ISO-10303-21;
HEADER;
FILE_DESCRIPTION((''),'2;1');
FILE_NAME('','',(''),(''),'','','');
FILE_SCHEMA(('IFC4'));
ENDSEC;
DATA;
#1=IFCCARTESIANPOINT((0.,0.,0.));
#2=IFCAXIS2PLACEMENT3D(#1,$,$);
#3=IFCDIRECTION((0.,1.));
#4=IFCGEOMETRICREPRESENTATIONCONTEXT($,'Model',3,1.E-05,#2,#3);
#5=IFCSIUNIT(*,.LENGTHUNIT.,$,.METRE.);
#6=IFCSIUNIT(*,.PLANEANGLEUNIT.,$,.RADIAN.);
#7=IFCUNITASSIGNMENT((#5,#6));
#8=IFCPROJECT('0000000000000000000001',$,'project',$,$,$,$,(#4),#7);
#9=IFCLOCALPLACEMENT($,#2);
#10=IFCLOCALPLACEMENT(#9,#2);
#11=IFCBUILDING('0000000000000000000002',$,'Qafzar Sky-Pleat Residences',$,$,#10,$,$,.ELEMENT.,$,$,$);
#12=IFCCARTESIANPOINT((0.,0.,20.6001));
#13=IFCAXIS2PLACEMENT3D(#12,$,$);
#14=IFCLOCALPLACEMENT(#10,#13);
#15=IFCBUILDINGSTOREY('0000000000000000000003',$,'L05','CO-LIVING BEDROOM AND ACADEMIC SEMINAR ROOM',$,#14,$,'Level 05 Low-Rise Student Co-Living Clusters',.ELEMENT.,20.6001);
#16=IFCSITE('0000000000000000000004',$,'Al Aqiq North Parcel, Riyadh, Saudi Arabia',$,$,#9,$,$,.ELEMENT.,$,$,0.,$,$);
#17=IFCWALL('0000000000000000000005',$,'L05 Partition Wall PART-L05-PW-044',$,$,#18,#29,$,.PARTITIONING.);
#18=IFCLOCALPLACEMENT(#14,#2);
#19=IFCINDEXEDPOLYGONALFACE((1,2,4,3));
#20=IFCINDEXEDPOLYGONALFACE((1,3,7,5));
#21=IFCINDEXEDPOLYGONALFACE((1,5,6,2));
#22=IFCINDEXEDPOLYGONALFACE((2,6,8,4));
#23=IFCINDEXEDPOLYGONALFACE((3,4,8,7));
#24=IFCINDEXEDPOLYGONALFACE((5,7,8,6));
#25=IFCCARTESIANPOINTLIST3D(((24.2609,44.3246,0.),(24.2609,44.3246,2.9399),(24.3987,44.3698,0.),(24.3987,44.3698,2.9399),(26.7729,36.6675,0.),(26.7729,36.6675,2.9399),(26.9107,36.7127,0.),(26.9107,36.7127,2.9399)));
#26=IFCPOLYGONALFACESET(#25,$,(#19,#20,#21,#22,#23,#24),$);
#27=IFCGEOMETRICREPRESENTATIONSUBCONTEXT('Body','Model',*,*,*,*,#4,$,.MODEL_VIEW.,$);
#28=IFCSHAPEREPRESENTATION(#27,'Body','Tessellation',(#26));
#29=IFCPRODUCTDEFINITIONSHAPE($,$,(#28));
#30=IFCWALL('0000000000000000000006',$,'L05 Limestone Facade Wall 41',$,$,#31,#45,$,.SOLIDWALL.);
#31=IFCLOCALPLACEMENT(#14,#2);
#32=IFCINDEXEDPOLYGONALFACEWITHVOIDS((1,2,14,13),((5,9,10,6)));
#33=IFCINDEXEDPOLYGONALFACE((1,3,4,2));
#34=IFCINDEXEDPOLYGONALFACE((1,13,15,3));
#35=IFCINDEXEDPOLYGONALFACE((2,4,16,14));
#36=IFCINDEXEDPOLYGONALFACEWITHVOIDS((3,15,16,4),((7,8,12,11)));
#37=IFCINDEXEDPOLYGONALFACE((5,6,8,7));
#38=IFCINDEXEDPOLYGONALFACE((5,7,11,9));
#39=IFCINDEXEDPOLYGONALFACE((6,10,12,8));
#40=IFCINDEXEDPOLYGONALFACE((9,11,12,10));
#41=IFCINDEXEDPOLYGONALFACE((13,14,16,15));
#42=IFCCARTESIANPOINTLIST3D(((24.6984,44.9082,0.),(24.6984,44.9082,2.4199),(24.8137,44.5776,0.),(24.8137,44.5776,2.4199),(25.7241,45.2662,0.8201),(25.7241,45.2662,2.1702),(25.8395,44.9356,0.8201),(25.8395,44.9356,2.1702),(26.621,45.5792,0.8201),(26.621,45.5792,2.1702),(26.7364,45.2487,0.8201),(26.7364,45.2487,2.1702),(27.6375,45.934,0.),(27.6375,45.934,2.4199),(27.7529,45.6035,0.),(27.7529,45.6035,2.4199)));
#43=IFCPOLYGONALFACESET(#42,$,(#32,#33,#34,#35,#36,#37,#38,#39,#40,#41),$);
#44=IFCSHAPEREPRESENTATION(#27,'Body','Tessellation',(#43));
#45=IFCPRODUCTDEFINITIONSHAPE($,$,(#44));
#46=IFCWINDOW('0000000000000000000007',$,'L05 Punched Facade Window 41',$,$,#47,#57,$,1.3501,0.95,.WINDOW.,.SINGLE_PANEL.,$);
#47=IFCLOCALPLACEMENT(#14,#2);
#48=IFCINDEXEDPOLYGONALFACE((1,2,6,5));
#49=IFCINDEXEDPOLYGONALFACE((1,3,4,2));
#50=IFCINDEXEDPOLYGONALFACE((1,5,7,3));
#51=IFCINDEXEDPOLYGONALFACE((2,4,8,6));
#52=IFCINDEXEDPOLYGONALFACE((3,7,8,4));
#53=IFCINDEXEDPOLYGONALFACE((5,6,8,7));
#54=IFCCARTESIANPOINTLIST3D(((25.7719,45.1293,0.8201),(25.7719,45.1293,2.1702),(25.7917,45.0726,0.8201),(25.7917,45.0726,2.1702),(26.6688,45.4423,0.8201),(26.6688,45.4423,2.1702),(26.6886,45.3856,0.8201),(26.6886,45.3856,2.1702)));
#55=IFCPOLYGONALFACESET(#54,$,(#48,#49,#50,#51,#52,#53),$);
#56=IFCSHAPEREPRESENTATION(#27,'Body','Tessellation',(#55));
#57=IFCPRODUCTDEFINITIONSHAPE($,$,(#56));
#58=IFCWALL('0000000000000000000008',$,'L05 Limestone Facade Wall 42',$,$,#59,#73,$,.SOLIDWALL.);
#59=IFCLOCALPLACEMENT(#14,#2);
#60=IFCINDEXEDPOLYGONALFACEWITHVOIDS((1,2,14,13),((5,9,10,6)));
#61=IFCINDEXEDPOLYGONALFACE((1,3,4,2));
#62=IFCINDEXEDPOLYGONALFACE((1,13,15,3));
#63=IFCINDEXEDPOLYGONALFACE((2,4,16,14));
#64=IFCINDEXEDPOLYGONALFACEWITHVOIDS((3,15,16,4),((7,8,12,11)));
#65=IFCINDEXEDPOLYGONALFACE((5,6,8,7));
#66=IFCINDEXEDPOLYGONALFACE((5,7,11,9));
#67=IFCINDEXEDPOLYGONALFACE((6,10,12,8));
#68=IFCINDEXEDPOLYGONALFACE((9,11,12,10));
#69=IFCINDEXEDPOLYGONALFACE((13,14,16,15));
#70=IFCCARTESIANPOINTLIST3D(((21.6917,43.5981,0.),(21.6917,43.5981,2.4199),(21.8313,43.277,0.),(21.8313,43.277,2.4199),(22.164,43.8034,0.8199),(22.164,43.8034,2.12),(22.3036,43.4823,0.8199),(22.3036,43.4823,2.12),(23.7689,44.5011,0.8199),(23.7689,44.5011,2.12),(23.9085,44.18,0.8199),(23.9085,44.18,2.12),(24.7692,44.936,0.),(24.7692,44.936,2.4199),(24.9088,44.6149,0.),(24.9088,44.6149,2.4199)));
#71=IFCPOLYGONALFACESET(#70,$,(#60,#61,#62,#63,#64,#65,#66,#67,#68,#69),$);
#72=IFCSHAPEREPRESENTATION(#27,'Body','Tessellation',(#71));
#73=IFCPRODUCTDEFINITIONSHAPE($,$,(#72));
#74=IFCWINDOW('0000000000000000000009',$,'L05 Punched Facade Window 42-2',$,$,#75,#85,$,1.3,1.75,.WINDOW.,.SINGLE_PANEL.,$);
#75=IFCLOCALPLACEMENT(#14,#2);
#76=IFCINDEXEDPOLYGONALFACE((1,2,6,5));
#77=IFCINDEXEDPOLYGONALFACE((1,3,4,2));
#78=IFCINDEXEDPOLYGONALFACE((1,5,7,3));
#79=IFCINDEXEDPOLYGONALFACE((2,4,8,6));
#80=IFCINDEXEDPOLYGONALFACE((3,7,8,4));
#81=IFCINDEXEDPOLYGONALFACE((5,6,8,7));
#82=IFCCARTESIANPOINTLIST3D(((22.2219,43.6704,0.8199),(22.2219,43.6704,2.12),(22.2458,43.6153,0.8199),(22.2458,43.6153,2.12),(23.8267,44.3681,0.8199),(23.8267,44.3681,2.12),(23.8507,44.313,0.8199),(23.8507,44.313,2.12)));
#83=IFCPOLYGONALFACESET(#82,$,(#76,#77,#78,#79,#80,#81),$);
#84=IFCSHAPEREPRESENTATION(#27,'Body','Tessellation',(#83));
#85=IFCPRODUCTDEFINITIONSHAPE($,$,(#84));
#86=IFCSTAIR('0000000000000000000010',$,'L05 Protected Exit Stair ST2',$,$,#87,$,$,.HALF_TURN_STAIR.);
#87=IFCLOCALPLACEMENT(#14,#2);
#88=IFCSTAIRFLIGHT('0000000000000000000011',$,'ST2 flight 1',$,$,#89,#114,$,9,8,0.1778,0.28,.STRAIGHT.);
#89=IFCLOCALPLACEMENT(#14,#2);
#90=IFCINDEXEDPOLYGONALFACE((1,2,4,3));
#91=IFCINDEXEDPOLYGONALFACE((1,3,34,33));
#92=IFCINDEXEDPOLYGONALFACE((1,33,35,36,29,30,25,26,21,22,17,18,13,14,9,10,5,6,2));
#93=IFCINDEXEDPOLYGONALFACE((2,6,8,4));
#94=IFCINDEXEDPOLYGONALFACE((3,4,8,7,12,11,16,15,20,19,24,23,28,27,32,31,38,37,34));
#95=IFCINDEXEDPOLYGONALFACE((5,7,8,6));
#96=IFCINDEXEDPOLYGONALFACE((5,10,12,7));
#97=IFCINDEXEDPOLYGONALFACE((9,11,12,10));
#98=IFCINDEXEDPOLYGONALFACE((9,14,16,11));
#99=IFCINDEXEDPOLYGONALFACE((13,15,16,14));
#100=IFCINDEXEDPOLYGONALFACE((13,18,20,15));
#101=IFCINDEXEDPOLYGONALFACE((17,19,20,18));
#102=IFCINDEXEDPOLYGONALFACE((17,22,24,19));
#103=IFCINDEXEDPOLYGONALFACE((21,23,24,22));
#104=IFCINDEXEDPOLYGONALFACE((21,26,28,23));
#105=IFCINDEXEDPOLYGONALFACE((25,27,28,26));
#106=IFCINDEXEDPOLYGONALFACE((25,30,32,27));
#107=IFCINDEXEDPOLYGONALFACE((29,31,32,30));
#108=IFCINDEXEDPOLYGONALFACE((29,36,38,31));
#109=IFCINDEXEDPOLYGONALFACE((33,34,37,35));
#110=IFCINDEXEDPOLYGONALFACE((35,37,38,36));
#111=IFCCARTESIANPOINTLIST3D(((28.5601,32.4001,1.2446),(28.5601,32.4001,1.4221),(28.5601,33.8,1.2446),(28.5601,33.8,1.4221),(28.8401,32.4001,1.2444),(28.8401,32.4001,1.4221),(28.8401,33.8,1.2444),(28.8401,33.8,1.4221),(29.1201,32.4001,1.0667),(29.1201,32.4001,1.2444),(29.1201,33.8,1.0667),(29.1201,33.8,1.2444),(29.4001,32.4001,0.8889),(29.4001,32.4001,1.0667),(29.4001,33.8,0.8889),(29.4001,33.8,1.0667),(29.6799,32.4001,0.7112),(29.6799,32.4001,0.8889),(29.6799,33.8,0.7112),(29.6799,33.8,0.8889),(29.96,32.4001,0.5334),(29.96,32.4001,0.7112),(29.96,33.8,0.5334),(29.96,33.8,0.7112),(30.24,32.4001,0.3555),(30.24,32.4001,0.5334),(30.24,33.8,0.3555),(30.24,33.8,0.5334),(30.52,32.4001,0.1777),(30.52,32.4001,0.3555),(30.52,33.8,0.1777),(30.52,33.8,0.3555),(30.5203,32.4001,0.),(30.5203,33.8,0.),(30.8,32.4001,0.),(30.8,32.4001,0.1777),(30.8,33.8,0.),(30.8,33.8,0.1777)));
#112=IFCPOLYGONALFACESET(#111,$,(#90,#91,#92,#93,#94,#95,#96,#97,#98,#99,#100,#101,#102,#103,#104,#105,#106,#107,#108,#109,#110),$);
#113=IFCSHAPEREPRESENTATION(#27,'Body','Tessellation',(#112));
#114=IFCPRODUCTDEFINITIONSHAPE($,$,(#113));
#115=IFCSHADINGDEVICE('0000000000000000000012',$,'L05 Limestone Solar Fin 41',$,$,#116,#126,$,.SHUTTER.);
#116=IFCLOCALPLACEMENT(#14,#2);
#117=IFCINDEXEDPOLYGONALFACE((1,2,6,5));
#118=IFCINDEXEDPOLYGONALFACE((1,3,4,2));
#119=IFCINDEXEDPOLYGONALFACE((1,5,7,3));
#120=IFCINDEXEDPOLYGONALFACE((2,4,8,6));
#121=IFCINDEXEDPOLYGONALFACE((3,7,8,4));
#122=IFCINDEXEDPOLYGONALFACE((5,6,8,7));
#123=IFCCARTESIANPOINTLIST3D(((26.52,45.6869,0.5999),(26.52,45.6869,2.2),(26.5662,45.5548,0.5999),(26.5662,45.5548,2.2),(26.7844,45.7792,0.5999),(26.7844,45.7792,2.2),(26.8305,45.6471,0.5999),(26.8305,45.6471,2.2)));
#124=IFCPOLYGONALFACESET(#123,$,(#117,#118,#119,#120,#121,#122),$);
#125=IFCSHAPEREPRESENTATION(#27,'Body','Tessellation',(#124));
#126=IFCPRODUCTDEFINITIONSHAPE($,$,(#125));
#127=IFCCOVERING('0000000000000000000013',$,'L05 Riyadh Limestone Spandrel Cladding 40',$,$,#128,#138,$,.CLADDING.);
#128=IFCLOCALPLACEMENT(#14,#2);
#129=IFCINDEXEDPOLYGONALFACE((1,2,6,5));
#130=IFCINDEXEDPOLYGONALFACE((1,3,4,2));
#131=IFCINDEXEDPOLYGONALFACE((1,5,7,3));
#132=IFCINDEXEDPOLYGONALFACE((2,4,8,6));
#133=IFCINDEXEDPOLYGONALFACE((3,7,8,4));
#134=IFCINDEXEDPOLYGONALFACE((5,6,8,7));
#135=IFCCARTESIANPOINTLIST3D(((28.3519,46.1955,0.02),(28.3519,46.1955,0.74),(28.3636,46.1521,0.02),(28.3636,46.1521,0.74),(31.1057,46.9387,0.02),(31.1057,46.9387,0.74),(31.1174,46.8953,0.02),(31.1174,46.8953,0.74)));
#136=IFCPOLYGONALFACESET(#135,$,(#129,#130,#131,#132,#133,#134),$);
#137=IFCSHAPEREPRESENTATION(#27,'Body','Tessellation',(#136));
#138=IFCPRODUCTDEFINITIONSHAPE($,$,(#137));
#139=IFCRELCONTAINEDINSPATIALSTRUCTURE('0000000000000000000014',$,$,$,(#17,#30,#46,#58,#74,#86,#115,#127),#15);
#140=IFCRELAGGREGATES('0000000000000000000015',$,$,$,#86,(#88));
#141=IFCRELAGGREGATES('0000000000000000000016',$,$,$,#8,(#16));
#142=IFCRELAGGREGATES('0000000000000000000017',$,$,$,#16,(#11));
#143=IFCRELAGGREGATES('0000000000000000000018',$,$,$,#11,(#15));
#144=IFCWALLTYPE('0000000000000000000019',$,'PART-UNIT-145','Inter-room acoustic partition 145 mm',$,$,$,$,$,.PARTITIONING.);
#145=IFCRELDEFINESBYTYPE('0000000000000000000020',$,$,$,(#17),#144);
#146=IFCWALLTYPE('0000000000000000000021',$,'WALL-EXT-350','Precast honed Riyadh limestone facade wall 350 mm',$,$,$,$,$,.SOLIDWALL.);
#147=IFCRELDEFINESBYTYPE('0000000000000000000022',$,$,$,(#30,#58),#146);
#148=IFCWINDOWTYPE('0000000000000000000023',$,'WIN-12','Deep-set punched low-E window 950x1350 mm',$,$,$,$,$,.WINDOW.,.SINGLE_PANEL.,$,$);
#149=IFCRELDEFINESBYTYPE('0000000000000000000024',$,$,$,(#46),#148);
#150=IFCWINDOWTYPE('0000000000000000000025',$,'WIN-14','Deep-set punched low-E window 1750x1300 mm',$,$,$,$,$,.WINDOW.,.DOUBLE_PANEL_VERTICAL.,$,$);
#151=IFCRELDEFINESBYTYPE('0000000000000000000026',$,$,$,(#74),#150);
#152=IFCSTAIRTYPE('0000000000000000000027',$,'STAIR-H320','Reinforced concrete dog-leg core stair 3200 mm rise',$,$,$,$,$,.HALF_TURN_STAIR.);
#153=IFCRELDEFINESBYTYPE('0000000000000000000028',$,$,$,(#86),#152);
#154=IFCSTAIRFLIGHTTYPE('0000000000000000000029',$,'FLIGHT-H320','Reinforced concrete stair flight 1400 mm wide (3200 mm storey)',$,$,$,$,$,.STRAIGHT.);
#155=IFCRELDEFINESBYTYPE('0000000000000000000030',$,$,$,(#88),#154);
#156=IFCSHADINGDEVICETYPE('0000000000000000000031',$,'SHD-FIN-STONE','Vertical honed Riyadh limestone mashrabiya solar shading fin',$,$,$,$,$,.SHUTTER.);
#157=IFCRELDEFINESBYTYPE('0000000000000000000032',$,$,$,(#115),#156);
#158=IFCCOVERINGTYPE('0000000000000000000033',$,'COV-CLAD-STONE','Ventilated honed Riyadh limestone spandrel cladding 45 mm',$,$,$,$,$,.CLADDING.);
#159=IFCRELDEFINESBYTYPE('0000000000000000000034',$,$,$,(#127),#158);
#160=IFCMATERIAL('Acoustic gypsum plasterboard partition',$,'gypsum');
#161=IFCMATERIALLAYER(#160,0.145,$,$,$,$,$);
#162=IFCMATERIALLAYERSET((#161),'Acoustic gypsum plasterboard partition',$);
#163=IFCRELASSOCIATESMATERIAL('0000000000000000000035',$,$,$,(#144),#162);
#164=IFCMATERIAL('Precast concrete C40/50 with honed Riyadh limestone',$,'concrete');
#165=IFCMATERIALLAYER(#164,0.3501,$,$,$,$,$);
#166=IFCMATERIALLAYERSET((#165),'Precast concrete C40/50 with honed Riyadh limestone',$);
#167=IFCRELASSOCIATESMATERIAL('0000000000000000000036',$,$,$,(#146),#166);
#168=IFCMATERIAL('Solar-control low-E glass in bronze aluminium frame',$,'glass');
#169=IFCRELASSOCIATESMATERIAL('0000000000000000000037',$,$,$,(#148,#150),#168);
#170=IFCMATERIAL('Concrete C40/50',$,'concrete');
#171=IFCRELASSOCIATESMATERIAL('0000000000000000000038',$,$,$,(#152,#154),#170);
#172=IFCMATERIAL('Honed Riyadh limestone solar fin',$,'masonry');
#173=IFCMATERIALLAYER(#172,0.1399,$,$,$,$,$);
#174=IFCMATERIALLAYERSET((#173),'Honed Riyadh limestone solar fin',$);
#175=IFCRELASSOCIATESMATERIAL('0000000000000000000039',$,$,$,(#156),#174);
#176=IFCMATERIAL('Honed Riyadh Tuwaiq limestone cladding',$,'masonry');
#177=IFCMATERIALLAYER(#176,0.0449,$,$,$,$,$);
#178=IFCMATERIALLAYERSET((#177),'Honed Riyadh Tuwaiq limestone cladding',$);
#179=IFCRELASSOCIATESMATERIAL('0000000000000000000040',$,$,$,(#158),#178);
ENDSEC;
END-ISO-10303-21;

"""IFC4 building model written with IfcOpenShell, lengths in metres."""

from ifc_helpers import new_model, si_unit, direction, frame, frame_2d, origin, origin_2d, place, context, subcontext, project, spatial, polyline, rectangle, outline, extrude, source, transform, mapped, material, layer, layer_set, type_object, element, fill, aggregate, save


model = new_model("IFC4")

# Units and contexts
model_context = context("Model", 3, precision=1e-05, world=origin(), true_north=direction((0.0, 1.0)))
body_context = subcontext(model_context, "Body", "Model", "MODEL_VIEW")
ifc_project = project(units=[si_unit("LENGTHUNIT", "METRE"), si_unit("PLANEANGLEUNIT", "RADIAN")], contexts=[model_context])

# Site, building, storey
site_placement = place(None, origin())
site = spatial("IfcSite", under=ifc_project, at=site_placement, Name="Al Aqiq North Parcel, Riyadh, Saudi Arabia", CompositionType="ELEMENT", RefElevation=0.0)
building_placement = place(site_placement, origin())
building = spatial("IfcBuilding", under=site, at=building_placement, Name="Qafzar Sky-Pleat Residences", CompositionType="ELEMENT")
storey_placement = place(building_placement, frame((0.0, 0.0, 20.6001)))
storey = spatial("IfcBuildingStorey", under=building, at=storey_placement, Name="L05", Description="CO-LIVING BEDROOM AND ACADEMIC SEMINAR ROOM", LongName="Level 05 Low-Rise Student Co-Living Clusters", CompositionType="ELEMENT", Elevation=20.6001)

# Shared definitions
ifc_material_1 = material(Name="Acoustic gypsum plasterboard partition", Category="gypsum")

# Wall
ifc_layer_1 = layer(ifc_material_1, 0.145)
ifc_layer_set_1 = layer_set([ifc_layer_1], Name="Acoustic gypsum plasterboard partition")
wall_type_1 = type_object("IfcWallType", Name="PART-UNIT-145", Description="Inter-room acoustic partition 145 mm", PredefinedType="PARTITIONING", material=ifc_layer_set_1)
wall_1_placement = place(storey_placement, frame((24.3298, 44.3472, 0.0), z_axis=(0.0, 0.0, 1.0), x_axis=(0.311716, -0.950175, 0.0)))
element("IfcWall", 1, at=wall_1_placement, inside=storey, type_object=wall_type_1, Name="L05 Partition Wall PART-L05-PW-044", PredefinedType="PARTITIONING", context=body_context, shape_type="SweptSolid", body=[
    extrude(rectangle(XDim=8.0586, YDim=0.145, at=frame_2d((4.0293, 0.0))), origin(), (0.0, 0.0, 1.0), 2.9399),
])

# Walls, openings, windows
ifc_material_2 = material(Name="Precast concrete C40/50 with honed Riyadh limestone", Category="concrete")
ifc_layer_2 = layer(ifc_material_2, 0.3501)
ifc_layer_set_2 = layer_set([ifc_layer_2], Name="Precast concrete C40/50 with honed Riyadh limestone")
wall_type_2 = type_object("IfcWallType", Name="WALL-EXT-350", Description="Precast honed Riyadh limestone facade wall 350 mm", PredefinedType="SOLIDWALL", material=ifc_layer_set_2)
wall_2_placement = place(storey_placement, frame((27.6953, 45.7688, 0.0), z_axis=(0.0, 0.0, 1.0), x_axis=(-0.944143, -0.329536, 0.0)))
wall_2 = element("IfcWall", 2, at=wall_2_placement, inside=storey, type_object=wall_type_2, Name="L05 Limestone Facade Wall 41", PredefinedType="SOLIDWALL", context=body_context, shape_type="SweptSolid", body=[
    extrude(rectangle(XDim=3.113, YDim=0.3501, at=frame_2d((1.5566, 0.0))), origin(), (0.0, 0.0, 1.0), 2.4199),
])
opening_1_placement = place(wall_2_placement, frame((1.0767, 0.0, 0.8201)))
opening_1 = element("IfcOpeningElement", 3, at=opening_1_placement, cuts=wall_2, PredefinedType="OPENING", context=body_context, shape_type="SweptSolid", body=[
    extrude(rectangle(XDim=0.95, YDim=1.3501, at=frame_2d((0.4751, 0.675))), frame((0.0, 0.1851, 0.0), z_axis=(0.0, -1.0, 0.0), x_axis=(1.0, 0.0, 0.0)), (0.0, 0.0, 1.0), 0.3701),
])
ifc_material_3 = material(Name="Solar-control low-E glass in bronze aluminium frame", Category="glass")
window_type_1 = type_object("IfcWindowType", Name="WIN-12", Description="Deep-set punched low-E window 950x1350 mm", PartitioningType="SINGLE_PANEL", PredefinedType="WINDOW", material=ifc_material_3)
shared_shape_1 = source(origin(), body_context, "Body", "SweptSolid", [
    extrude(rectangle(XDim=0.95, YDim=1.3501, at=frame_2d((0.4751, 0.675))), frame((0.0, 0.03, 0.0), z_axis=(0.0, -1.0, 0.0), x_axis=(1.0, 0.0, 0.0)), (0.0, 0.0, 1.0), 0.0601),
])
window_1_placement = place(opening_1_placement, origin())
window_1 = element("IfcWindow", 4, at=window_1_placement, inside=storey, type_object=window_type_1, Name="L05 Punched Facade Window 41", OverallHeight=1.3501, OverallWidth=0.95, PartitioningType="SINGLE_PANEL", PredefinedType="WINDOW", context=body_context, shape_type="MappedRepresentation", body=[
    mapped(shared_shape_1, transform((0.0, 0.0, 0.0), x_axis=(1.0, 0.0, 0.0), y_axis=(0.0, 1.0, 0.0), z_axis=(0.0, 0.0, 1.0), scale=1.0)),
])
fill(opening_1, window_1)
wall_3_placement = place(storey_placement, frame((24.8389, 44.7754, 0.0), z_axis=(0.0, 0.0, 1.0), x_axis=(-0.917082, -0.3987, 0.0)))
wall_3 = element("IfcWall", 5, at=wall_3_placement, inside=storey, type_object=wall_type_2, Name="L05 Limestone Facade Wall 42", PredefinedType="SOLIDWALL", context=body_context, shape_type="SweptSolid", body=[
    extrude(rectangle(XDim=3.3557, YDim=0.3501, at=frame_2d((1.6777, 0.0))), origin(), (0.0, 0.0, 1.0), 2.4199),
])
opening_2_placement = place(wall_3_placement, frame((1.0906, 0.0, 0.8201)))
opening_2 = element("IfcOpeningElement", 6, at=opening_2_placement, cuts=wall_3, PredefinedType="OPENING", context=body_context, shape_type="SweptSolid", body=[
    extrude(rectangle(XDim=1.75, YDim=1.3, at=frame_2d((0.875, 0.6499))), frame((0.0, 0.1851, 0.0), z_axis=(0.0, -1.0, 0.0), x_axis=(1.0, 0.0, 0.0)), (0.0, 0.0, 1.0), 0.3701),
])
window_type_2 = type_object("IfcWindowType", Name="WIN-14", Description="Deep-set punched low-E window 1750x1300 mm", PartitioningType="DOUBLE_PANEL_VERTICAL", PredefinedType="WINDOW", material=ifc_material_3)
shared_shape_2 = source(origin(), body_context, "Body", "SweptSolid", [
    extrude(rectangle(XDim=1.75, YDim=1.3, at=frame_2d((0.875, 0.6499))), frame((0.0, 0.03, 0.0), z_axis=(0.0, -1.0, 0.0), x_axis=(1.0, 0.0, 0.0)), (0.0, 0.0, 1.0), 0.0601),
])
window_2_placement = place(opening_2_placement, origin())
window_2 = element("IfcWindow", 7, at=window_2_placement, inside=storey, type_object=window_type_2, Name="L05 Punched Facade Window 42-2", OverallHeight=1.3, OverallWidth=1.75, PartitioningType="SINGLE_PANEL", PredefinedType="WINDOW", context=body_context, shape_type="MappedRepresentation", body=[
    mapped(shared_shape_2, transform((0.0, 0.0, 0.0), x_axis=(1.0, 0.0, 0.0), y_axis=(0.0, 1.0, 0.0), z_axis=(0.0, 0.0, 1.0), scale=1.0)),
])
fill(opening_2, window_2)

# Stair, stair flight
ifc_material_4 = material(Name="Concrete C40/50", Category="concrete")
stair_type = type_object("IfcStairType", Name="STAIR-H320", Description="Reinforced concrete dog-leg core stair 3200 mm rise", PredefinedType="HALF_TURN_STAIR", material=ifc_material_4)
stair_placement = place(storey_placement, origin())
stair = element("IfcStair", 8, at=stair_placement, inside=storey, type_object=stair_type, Name="L05 Protected Exit Stair ST2", PredefinedType="HALF_TURN_STAIR")
stair_flight_type = type_object("IfcStairFlightType", Name="FLIGHT-H320", Description="Reinforced concrete stair flight 1400 mm wide (3200 mm storey)", PredefinedType="STRAIGHT", material=ifc_material_4)
shared_shape_3 = source(origin(), body_context, "Body", "SweptSolid", [
    extrude(outline(polyline([(0.0, 0.0), (0.0, 0.1777), (0.28, 0.1777), (0.28, 0.3555), (0.5601, 0.3555), (0.5601, 0.5334), (0.8401, 0.5334), (0.8401, 0.7112), (1.1201, 0.7112), (1.1201, 0.8889), (1.3999, 0.8889), (1.3999, 1.0667), (1.6799, 1.0667), (1.6799, 1.2444), (1.96, 1.2444), (1.96, 1.4221), (2.24, 1.4221), (2.24, 1.6001), (2.24, 1.2446), (0.2798, 0.0), (0.0, 0.0)])), frame((0.0, 0.7, 0.0), z_axis=(0.0, -1.0, 0.0), x_axis=(1.0, 0.0, 0.0)), (0.0, 0.0, 1.0), 1.3999),
])
stair_flight_placement = place(storey_placement, frame((30.8, 33.1001, 0.0), z_axis=(0.0, 0.0, 1.0), x_axis=(-1.0, 0.0, 0.0)))
stair_flight = element("IfcStairFlight", 9, at=stair_flight_placement, type_object=stair_flight_type, Name="ST2 flight 1", NumberOfRisers=9, NumberOfTreads=8, PredefinedType="STRAIGHT", RiserHeight=0.1778, TreadLength=0.28, context=body_context, shape_type="MappedRepresentation", body=[
    mapped(shared_shape_3, transform((0.0, 0.0, 0.0), x_axis=(1.0, 0.0, 0.0), y_axis=(0.0, 1.0, 0.0), z_axis=(0.0, 0.0, 1.0), scale=1.0)),
])
aggregate(stair, [stair_flight])

# Shading device
ifc_material_5 = material(Name="Honed Riyadh limestone solar fin", Category="masonry")
ifc_layer_3 = layer(ifc_material_5, 0.1399)
ifc_layer_set_3 = layer_set([ifc_layer_3], Name="Honed Riyadh limestone solar fin")
shading_device_type = type_object("IfcShadingDeviceType", Name="SHD-FIN-STONE", Description="Vertical honed Riyadh limestone mashrabiya solar shading fin", PredefinedType="SHUTTER", material=ifc_layer_set_3)
shared_shape_4 = source(origin(), body_context, "Body", "SweptSolid", [
    extrude(rectangle(XDim=0.1399, YDim=0.28, at=origin_2d()), origin(), (0.0, 0.0, 1.0), 1.6001),
])
shading_device_placement = place(storey_placement, frame((26.6753, 45.667, 0.5999), z_axis=(0.0, 0.0, 1.0), x_axis=(-0.329573, 0.94413, 0.0)))
element("IfcShadingDevice", 10, at=shading_device_placement, inside=storey, type_object=shading_device_type, Name="L05 Limestone Solar Fin 41", PredefinedType="SHUTTER", context=body_context, shape_type="MappedRepresentation", body=[
    mapped(shared_shape_4, transform((0.0, 0.0, 0.0), x_axis=(1.0, 0.0, 0.0), y_axis=(0.0, 1.0, 0.0), z_axis=(0.0, 0.0, 1.0), scale=1.0)),
])

# Covering
ifc_material_6 = material(Name="Honed Riyadh Tuwaiq limestone cladding", Category="masonry")
ifc_layer_4 = layer(ifc_material_6, 0.0449)
ifc_layer_set_4 = layer_set([ifc_layer_4], Name="Honed Riyadh Tuwaiq limestone cladding")
covering_type = type_object("IfcCoveringType", Name="COV-CLAD-STONE", Description="Ventilated honed Riyadh limestone spandrel cladding 45 mm", PredefinedType="CLADDING", material=ifc_layer_set_4)
shared_shape_5 = source(origin(), body_context, "Body", "SweptSolid", [
    extrude(rectangle(XDim=2.8523, YDim=0.0449, at=origin_2d()), origin(), (0.0, 0.0, 1.0), 0.72),
])
covering_placement = place(storey_placement, frame((29.7346, 46.5454, 0.02), z_axis=(0.0, 0.0, 1.0), x_axis=(-0.965459, -0.260556, 0.0)))
element("IfcCovering", 11, at=covering_placement, inside=storey, type_object=covering_type, Name="L05 Riyadh Limestone Spandrel Cladding 40", PredefinedType="CLADDING", context=body_context, shape_type="MappedRepresentation", body=[
    mapped(shared_shape_5, transform((0.0, 0.0, 0.0), x_axis=(1.0, 0.0, 0.0), y_axis=(0.0, 1.0, 0.0), z_axis=(0.0, 0.0, 1.0), scale=1.0)),
])

save(model, "model.ifc")
